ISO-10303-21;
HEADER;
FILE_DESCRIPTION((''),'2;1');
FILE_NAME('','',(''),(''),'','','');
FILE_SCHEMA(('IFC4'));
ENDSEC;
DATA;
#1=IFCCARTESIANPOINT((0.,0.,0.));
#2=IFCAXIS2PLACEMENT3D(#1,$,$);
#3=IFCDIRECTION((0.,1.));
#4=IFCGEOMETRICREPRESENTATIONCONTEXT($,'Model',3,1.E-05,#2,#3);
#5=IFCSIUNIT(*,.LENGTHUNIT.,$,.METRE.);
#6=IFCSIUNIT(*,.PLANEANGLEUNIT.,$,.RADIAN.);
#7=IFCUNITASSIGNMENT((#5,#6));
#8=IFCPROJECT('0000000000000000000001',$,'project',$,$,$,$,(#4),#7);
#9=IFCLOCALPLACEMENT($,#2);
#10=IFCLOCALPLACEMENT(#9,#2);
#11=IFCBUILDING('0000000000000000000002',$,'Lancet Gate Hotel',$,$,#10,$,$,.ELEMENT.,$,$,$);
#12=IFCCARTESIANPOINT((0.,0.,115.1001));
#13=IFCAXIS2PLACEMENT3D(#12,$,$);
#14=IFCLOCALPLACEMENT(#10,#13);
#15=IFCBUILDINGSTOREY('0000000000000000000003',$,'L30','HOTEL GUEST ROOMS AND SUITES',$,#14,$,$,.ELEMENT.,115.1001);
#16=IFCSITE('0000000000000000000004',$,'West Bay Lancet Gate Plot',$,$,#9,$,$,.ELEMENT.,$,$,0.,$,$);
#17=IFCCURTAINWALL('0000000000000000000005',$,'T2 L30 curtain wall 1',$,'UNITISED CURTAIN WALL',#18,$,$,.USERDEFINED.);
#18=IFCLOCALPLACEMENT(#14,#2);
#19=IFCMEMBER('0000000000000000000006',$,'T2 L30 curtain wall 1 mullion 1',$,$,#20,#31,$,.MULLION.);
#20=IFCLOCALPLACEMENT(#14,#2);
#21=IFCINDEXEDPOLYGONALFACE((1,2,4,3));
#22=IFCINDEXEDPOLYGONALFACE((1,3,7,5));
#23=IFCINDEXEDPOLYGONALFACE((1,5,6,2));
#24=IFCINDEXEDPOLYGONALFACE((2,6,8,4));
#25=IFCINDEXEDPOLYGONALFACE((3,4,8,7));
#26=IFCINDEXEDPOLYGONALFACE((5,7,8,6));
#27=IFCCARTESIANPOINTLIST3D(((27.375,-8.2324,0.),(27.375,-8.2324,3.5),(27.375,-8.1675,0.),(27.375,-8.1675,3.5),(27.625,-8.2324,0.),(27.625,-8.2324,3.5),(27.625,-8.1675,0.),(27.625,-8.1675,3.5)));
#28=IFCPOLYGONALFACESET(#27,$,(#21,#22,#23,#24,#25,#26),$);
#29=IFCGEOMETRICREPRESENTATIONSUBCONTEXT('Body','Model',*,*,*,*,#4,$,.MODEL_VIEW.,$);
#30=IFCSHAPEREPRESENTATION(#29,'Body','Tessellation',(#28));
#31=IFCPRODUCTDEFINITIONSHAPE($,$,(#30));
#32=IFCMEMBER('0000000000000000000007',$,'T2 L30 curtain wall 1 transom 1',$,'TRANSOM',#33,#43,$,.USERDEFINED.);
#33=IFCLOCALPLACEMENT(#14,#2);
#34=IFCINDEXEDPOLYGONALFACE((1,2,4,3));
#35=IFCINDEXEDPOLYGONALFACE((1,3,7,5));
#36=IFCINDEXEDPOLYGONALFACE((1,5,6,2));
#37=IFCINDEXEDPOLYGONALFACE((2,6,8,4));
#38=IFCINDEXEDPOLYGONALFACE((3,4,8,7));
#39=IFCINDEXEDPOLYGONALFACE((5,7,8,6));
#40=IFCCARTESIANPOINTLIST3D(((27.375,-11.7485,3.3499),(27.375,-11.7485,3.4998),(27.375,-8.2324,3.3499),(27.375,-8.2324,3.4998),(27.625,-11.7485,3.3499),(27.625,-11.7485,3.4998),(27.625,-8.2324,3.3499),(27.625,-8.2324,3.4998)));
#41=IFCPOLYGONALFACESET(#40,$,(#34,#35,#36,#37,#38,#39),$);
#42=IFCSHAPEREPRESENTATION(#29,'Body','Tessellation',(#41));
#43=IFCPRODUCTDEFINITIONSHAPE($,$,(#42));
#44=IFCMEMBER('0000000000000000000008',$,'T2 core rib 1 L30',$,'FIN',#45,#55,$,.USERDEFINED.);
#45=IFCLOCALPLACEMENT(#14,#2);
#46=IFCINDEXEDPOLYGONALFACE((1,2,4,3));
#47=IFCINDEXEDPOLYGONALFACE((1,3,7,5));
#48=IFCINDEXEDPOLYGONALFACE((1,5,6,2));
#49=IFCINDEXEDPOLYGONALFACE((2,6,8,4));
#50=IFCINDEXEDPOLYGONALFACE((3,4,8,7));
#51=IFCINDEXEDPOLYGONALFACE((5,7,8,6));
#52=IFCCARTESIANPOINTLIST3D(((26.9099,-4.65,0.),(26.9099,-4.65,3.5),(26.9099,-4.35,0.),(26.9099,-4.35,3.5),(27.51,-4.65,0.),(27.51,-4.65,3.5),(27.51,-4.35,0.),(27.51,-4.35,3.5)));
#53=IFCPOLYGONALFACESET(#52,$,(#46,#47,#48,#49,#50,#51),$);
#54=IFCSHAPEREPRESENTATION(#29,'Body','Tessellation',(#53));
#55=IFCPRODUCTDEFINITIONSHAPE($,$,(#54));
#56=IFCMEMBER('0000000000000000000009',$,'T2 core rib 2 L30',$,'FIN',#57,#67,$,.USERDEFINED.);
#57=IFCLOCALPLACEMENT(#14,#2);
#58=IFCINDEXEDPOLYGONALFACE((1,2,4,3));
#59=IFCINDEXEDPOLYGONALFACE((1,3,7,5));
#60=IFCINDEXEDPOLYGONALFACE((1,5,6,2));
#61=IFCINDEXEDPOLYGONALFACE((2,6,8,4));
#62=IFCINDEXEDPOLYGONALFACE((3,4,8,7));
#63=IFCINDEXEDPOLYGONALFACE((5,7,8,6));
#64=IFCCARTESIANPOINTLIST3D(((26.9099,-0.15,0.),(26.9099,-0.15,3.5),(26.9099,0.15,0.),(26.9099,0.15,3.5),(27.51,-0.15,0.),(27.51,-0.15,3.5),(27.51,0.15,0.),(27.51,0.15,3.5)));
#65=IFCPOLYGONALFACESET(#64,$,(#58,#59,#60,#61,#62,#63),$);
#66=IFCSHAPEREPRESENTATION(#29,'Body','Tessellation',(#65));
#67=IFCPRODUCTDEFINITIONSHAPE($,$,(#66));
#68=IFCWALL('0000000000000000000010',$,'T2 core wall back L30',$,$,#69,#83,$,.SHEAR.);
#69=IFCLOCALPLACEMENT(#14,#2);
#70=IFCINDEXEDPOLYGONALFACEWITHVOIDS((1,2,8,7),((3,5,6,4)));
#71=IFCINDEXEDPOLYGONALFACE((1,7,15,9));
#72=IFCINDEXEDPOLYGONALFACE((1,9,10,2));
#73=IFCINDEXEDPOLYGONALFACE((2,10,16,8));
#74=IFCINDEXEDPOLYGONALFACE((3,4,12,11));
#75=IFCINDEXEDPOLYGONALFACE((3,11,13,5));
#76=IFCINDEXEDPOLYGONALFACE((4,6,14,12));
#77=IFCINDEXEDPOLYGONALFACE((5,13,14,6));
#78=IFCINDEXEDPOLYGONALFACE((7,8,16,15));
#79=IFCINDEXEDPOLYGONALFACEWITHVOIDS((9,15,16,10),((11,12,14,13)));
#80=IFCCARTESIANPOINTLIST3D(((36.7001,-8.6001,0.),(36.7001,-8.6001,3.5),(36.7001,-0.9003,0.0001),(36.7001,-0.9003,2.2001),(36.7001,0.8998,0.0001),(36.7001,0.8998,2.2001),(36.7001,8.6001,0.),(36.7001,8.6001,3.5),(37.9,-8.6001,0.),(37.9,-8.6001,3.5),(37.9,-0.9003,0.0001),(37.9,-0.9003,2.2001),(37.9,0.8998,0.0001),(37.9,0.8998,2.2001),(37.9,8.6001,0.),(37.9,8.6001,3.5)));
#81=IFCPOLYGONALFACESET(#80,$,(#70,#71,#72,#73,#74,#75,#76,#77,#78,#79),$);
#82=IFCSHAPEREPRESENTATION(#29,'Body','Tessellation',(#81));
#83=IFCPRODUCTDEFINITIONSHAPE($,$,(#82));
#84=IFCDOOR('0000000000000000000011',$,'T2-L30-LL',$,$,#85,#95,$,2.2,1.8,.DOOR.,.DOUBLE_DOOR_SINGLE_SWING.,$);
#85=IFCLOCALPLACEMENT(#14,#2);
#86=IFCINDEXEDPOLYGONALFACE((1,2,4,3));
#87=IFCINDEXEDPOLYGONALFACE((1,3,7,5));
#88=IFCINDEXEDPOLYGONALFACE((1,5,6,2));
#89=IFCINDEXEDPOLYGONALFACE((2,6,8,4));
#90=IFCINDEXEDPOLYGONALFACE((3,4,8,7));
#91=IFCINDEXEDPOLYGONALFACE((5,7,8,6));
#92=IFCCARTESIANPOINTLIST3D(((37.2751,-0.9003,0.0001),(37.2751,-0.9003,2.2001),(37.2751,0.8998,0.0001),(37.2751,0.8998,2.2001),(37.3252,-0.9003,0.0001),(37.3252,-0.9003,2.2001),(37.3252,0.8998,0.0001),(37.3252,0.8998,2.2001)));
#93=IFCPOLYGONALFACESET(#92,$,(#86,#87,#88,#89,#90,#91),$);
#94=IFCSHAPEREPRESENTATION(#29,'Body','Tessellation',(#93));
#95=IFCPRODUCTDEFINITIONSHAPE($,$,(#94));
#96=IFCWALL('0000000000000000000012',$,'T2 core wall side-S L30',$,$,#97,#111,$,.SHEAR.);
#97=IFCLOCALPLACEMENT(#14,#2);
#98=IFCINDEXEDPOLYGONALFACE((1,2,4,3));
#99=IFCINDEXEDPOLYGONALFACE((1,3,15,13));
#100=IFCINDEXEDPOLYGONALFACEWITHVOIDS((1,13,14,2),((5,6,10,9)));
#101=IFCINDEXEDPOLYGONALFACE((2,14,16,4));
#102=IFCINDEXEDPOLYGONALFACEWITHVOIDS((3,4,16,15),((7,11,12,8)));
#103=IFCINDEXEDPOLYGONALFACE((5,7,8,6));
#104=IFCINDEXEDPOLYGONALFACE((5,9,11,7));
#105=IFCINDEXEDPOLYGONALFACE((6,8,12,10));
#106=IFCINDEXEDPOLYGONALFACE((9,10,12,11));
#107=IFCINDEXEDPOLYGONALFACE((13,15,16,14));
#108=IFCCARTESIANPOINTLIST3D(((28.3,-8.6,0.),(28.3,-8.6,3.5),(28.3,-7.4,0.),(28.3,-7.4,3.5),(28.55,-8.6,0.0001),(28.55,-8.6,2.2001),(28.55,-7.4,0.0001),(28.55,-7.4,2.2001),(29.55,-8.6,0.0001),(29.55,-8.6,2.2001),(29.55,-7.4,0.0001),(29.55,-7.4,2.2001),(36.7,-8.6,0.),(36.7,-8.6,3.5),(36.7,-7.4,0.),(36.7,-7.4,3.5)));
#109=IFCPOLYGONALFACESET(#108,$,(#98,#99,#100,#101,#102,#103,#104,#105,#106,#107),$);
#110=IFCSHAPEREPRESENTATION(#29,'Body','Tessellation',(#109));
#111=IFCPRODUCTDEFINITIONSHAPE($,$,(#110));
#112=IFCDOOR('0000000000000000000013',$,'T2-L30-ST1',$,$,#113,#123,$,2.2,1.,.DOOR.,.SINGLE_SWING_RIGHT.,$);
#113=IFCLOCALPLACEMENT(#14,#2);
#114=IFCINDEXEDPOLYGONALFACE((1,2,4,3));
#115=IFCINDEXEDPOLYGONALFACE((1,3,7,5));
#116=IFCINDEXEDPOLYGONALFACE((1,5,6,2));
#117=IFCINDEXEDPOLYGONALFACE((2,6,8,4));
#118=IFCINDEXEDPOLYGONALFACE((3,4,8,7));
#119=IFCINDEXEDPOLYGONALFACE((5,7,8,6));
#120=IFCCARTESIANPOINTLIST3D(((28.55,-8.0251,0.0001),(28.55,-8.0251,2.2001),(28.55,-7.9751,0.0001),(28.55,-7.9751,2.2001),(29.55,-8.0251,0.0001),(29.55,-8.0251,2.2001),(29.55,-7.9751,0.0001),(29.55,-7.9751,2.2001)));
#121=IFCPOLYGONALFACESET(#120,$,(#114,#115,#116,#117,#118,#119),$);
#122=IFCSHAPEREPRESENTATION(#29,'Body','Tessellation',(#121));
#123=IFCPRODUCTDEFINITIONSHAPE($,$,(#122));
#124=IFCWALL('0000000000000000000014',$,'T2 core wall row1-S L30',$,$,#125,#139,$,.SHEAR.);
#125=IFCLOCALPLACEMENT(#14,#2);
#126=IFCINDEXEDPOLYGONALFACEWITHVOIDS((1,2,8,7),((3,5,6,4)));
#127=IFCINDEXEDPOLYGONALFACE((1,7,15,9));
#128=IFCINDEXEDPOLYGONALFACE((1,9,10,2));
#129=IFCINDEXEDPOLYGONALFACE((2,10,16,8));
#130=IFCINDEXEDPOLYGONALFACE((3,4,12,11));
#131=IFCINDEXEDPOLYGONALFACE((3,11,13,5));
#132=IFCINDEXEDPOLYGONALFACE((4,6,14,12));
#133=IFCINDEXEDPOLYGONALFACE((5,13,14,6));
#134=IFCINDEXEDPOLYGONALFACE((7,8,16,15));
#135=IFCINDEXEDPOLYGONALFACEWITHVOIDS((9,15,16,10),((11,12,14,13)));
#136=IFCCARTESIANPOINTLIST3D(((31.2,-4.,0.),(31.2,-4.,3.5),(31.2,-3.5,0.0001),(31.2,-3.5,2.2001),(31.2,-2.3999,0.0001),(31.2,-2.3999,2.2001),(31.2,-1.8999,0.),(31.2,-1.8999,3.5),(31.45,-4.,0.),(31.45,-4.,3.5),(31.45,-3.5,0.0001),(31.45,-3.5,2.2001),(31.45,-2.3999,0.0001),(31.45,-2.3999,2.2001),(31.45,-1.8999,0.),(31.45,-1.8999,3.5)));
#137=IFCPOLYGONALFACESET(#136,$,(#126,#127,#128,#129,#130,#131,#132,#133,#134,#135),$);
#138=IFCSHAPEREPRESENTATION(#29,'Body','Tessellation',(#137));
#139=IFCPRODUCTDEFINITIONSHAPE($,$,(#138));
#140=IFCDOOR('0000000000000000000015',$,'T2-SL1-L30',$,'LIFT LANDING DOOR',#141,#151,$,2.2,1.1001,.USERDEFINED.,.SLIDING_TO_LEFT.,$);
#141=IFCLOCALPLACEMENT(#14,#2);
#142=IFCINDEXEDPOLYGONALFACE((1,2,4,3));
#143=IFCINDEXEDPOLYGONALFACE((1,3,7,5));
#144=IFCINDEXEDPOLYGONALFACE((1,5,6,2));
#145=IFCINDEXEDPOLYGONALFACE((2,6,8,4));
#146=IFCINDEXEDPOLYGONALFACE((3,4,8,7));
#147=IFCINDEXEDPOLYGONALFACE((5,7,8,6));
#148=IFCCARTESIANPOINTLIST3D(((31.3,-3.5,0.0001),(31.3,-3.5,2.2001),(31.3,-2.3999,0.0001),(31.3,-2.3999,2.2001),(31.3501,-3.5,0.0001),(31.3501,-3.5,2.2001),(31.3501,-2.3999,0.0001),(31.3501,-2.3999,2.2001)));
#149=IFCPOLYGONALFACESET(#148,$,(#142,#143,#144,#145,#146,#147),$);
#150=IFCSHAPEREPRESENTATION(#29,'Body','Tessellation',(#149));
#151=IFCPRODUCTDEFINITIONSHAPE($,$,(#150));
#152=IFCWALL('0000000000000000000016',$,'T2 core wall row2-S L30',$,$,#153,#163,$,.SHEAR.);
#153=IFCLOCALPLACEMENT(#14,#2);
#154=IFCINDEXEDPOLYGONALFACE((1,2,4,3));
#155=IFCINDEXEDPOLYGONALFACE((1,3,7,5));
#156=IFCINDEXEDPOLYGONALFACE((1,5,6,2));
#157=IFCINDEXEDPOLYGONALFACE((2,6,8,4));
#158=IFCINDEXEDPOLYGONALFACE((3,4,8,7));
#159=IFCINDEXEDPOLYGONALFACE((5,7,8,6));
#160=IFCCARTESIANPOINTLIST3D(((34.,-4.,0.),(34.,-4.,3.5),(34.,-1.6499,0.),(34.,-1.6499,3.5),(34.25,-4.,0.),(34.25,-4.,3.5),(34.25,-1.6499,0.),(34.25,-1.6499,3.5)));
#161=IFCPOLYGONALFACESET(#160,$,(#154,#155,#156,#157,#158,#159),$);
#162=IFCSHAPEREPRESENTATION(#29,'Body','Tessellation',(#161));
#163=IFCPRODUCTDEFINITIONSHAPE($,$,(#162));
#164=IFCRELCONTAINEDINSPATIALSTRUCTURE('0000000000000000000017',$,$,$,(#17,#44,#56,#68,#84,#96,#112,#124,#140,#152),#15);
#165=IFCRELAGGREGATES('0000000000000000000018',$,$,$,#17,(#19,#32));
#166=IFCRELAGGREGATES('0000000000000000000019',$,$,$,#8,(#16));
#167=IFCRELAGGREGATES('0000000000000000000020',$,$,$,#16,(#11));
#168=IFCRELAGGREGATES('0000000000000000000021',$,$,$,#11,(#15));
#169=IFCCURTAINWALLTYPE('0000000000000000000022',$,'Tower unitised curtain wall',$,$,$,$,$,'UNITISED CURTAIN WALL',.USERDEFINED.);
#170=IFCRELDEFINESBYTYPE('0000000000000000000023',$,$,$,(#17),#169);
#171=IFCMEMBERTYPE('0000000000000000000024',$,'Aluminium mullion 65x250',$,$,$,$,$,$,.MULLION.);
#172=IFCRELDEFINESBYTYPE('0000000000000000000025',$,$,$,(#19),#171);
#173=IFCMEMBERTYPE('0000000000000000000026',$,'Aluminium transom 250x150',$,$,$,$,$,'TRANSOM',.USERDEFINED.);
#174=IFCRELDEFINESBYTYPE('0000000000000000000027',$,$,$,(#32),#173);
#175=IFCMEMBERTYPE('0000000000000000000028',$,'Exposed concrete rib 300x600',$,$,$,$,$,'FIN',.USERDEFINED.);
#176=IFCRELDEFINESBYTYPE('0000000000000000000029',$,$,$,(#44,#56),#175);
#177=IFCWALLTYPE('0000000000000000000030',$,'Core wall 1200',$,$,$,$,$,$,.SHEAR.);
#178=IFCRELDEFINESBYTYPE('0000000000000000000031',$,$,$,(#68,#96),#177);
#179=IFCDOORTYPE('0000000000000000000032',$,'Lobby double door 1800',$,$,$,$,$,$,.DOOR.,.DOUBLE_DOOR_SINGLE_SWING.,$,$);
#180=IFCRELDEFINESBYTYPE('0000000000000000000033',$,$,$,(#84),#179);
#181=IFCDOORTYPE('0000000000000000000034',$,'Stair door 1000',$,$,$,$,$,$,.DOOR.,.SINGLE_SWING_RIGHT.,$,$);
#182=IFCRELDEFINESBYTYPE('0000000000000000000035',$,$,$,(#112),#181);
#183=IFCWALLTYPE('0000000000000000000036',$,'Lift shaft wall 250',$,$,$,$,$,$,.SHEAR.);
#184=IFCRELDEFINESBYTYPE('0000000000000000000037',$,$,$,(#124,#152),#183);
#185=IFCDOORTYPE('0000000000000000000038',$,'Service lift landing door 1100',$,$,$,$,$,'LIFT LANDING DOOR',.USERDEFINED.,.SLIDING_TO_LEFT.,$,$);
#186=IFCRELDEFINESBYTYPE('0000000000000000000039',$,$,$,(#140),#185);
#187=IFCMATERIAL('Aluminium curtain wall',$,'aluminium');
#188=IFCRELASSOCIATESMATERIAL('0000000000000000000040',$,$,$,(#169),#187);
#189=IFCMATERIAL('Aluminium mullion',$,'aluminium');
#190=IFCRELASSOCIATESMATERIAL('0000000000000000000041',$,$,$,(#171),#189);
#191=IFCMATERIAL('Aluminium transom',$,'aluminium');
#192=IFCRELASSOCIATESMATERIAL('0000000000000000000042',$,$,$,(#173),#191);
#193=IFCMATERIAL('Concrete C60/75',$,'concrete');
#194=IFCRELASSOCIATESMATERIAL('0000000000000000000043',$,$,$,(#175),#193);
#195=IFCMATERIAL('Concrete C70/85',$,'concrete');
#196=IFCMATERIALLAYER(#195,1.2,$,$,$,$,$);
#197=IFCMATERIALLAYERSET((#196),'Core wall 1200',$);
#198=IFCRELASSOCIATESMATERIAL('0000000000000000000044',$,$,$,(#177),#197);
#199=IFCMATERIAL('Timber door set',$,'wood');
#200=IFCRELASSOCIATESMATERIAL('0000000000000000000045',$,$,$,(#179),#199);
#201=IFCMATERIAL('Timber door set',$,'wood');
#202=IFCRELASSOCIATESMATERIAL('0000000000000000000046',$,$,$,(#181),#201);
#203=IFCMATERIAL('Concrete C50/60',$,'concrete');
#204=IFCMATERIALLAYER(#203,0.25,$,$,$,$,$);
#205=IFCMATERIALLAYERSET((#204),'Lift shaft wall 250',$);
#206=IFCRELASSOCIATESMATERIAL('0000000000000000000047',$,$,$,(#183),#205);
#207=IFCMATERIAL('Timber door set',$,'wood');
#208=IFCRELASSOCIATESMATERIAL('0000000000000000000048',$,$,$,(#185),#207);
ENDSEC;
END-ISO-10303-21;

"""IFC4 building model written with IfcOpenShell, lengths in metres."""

from ifc_helpers import new_model, si_unit, direction, frame, frame_2d, origin, origin_2d, place, context, subcontext, project, spatial, rectangle, extrude, material, layer, layer_set, material_profile, profile_set, type_object, element, fill, aggregate, save


model = new_model("IFC4")

# Units and contexts
model_context = context("Model", 3, precision=1e-05, world=origin(), true_north=direction((0.0, 1.0)))
body_context = subcontext(model_context, "Body", "Model", "MODEL_VIEW")
ifc_project = project(units=[si_unit("LENGTHUNIT", "METRE"), si_unit("PLANEANGLEUNIT", "RADIAN")], contexts=[model_context])

# Site, building, storey
site_placement = place(None, origin())
site = spatial("IfcSite", under=ifc_project, at=site_placement, Name="West Bay Lancet Gate Plot", CompositionType="ELEMENT", RefElevation=0.0)
building_placement = place(site_placement, origin())
building = spatial("IfcBuilding", under=site, at=building_placement, Name="Lancet Gate Hotel", CompositionType="ELEMENT")
storey_placement = place(building_placement, frame((0.0, 0.0, 115.1001)))
storey = spatial("IfcBuildingStorey", under=building, at=storey_placement, Name="L30", Description="HOTEL GUEST ROOMS AND SUITES", CompositionType="ELEMENT", Elevation=115.1001)

# Curtain wall, members
ifc_material_1 = material(Name="Aluminium curtain wall", Category="aluminium")
curtain_wall_type = type_object("IfcCurtainWallType", Name="Tower unitised curtain wall", ElementType="UNITISED CURTAIN WALL", PredefinedType="USERDEFINED", material=ifc_material_1)
curtain_wall_placement = place(storey_placement, origin())
curtain_wall = element("IfcCurtainWall", 1, at=curtain_wall_placement, inside=storey, type_object=curtain_wall_type, Name="T2 L30 curtain wall 1", ObjectType="UNITISED CURTAIN WALL", PredefinedType="USERDEFINED")
ifc_material_2 = material(Name="Aluminium mullion", Category="aluminium")
ifc_material_profile_1 = material_profile(ifc_material_2, rectangle(XDim=0.0649, YDim=0.25, at=origin_2d()), Name="MULLION 65x250")
ifc_profile_set_1 = profile_set([ifc_material_profile_1], Name="Aluminium mullion")
member_type_1 = type_object("IfcMemberType", Name="Aluminium mullion 65x250", PredefinedType="MULLION", material=ifc_profile_set_1)
member_1_placement = place(storey_placement, frame((27.5, -8.2, 0.0), z_axis=(0.0, 0.0, 1.0), x_axis=(0.0, -1.0, 0.0)))
member_1 = element("IfcMember", 2, at=member_1_placement, type_object=member_type_1, Name="T2 L30 curtain wall 1 mullion 1", PredefinedType="MULLION", context=body_context, shape_type="SweptSolid", body=[
    extrude(rectangle(XDim=0.0649, YDim=0.25, at=origin_2d()), origin(), (0.0, 0.0, 1.0), 3.5),
])
ifc_material_3 = material(Name="Aluminium transom", Category="aluminium")
ifc_material_profile_2 = material_profile(ifc_material_3, rectangle(XDim=0.25, YDim=0.1499, at=origin_2d()), Name="TRANSOM 250x150")
ifc_profile_set_2 = profile_set([ifc_material_profile_2], Name="Aluminium transom")
member_type_2 = type_object("IfcMemberType", Name="Aluminium transom 250x150", ElementType="TRANSOM", PredefinedType="USERDEFINED", material=ifc_profile_set_2)
member_2_placement = place(storey_placement, frame((27.5, -8.2324, 3.4248), z_axis=(0.0, -1.0, 0.0), x_axis=(1.0, 0.0, 0.0)))
member_2 = element("IfcMember", 3, at=member_2_placement, type_object=member_type_2, Name="T2 L30 curtain wall 1 transom 1", ObjectType="TRANSOM", PredefinedType="USERDEFINED", context=body_context, shape_type="SweptSolid", body=[
    extrude(rectangle(XDim=0.25, YDim=0.1499, at=origin_2d()), origin(), (0.0, 0.0, 1.0), 3.5161),
])
aggregate(curtain_wall, [member_1, member_2])

# Members
ifc_material_4 = material(Name="Concrete C60/75", Category="concrete")
ifc_material_profile_3 = material_profile(ifc_material_4, rectangle(XDim=0.3, YDim=0.6001, at=origin_2d()), Name="FIN 300x600")
ifc_profile_set_3 = profile_set([ifc_material_profile_3], Name="Concrete C60/75")
member_type_3 = type_object("IfcMemberType", Name="Exposed concrete rib 300x600", ElementType="FIN", PredefinedType="USERDEFINED", material=ifc_profile_set_3)
for number, where, z_axis, x_axis, name in (
    (4, (27.21, -4.5, 0.0), (0.0, 0.0, 1.0), (0.0, 1.0, 0.0), "T2 core rib 1 L30"),
    (5, (27.21, 0.0, 0.0), (0.0, 0.0, 1.0), (0.0, 1.0, 0.0), "T2 core rib 2 L30"),
):
    element("IfcMember", number, at=place(storey_placement, frame(where, z_axis=z_axis, x_axis=x_axis)), inside=storey, type_object=member_type_3, Name=name, ObjectType="FIN", PredefinedType="USERDEFINED", context=body_context, shape_type="SweptSolid", body=[
        extrude(rectangle(XDim=0.3, YDim=0.6001, at=origin_2d()), origin(), (0.0, 0.0, 1.0), 3.5),
    ])

# Walls, openings, doors
ifc_material_5 = material(Name="Concrete C70/85", Category="concrete")
ifc_layer_1 = layer(ifc_material_5, 1.2)
ifc_layer_set_1 = layer_set([ifc_layer_1], Name="Core wall 1200")
wall_type_1 = type_object("IfcWallType", Name="Core wall 1200", PredefinedType="SHEAR", material=ifc_layer_set_1)
wall_1_placement = place(storey_placement, frame((37.3, -8.6001, 0.0), z_axis=(0.0, 0.0, 1.0), x_axis=(0.0, 1.0, 0.0)))
wall_1 = element("IfcWall", 6, at=wall_1_placement, inside=storey, type_object=wall_type_1, Name="T2 core wall back L30", PredefinedType="SHEAR", context=body_context, shape_type="SweptSolid", body=[
    extrude(rectangle(XDim=17.2002, YDim=1.2, at=frame_2d((8.6001, 0.0))), origin(), (0.0, 0.0, 1.0), 3.5),
])
opening_1_placement = place(wall_1_placement, frame((7.7, 0.0, 0.0)))
opening_1 = element("IfcOpeningElement", 7, at=opening_1_placement, cuts=wall_1, PredefinedType="OPENING", context=body_context, shape_type="SweptSolid", body=[
    extrude(rectangle(XDim=1.8, YDim=2.2, at=frame_2d((0.8999, 1.1001))), frame((0.0, 0.6099, 0.0), z_axis=(0.0, -1.0, 0.0), x_axis=(1.0, 0.0, 0.0)), (0.0, 0.0, 1.0), 1.22),
])
ifc_material_6 = material(Name="Timber door set", Category="wood")
door_type_1 = type_object("IfcDoorType", Name="Lobby double door 1800", OperationType="DOUBLE_DOOR_SINGLE_SWING", PredefinedType="DOOR", material=ifc_material_6)
door_1_placement = place(opening_1_placement, origin())
door_1 = element("IfcDoor", 8, at=door_1_placement, inside=storey, type_object=door_type_1, Name="T2-L30-LL", OperationType="DOUBLE_DOOR_SINGLE_SWING", OverallHeight=2.2, OverallWidth=1.8, PredefinedType="DOOR", context=body_context, shape_type="SweptSolid", body=[
    extrude(rectangle(XDim=1.8, YDim=2.2, at=frame_2d((0.8999, 1.1001))), frame((0.0, 0.0249, 0.0), z_axis=(0.0, -1.0, 0.0), x_axis=(1.0, 0.0, 0.0)), (0.0, 0.0, 1.0), 0.05),
])
fill(opening_1, door_1)
wall_2_placement = place(storey_placement, frame((28.3, -8.0, 0.0), z_axis=(0.0, 0.0, 1.0), x_axis=(1.0, 0.0, 0.0)))
wall_2 = element("IfcWall", 9, at=wall_2_placement, inside=storey, type_object=wall_type_1, Name="T2 core wall side-S L30", PredefinedType="SHEAR", context=body_context, shape_type="SweptSolid", body=[
    extrude(rectangle(XDim=8.3999, YDim=1.2, at=frame_2d((4.2, 0.0))), origin(), (0.0, 0.0, 1.0), 3.5),
])
opening_2_placement = place(wall_2_placement, frame((0.25, 0.0, 0.0)))
opening_2 = element("IfcOpeningElement", 10, at=opening_2_placement, cuts=wall_2, PredefinedType="OPENING", context=body_context, shape_type="SweptSolid", body=[
    extrude(rectangle(XDim=1.0, YDim=2.2, at=frame_2d((0.5, 1.1001))), frame((0.0, 0.6099, 0.0), z_axis=(0.0, -1.0, 0.0), x_axis=(1.0, 0.0, 0.0)), (0.0, 0.0, 1.0), 1.22),
])
ifc_material_7 = material(Name="Timber door set", Category="wood")
door_type_2 = type_object("IfcDoorType", Name="Stair door 1000", OperationType="SINGLE_SWING_RIGHT", PredefinedType="DOOR", material=ifc_material_7)
door_2_placement = place(opening_2_placement, origin())
door_2 = element("IfcDoor", 11, at=door_2_placement, inside=storey, type_object=door_type_2, Name="T2-L30-ST1", OperationType="SINGLE_SWING_RIGHT", OverallHeight=2.2, OverallWidth=1.0, PredefinedType="DOOR", context=body_context, shape_type="SweptSolid", body=[
    extrude(rectangle(XDim=1.0, YDim=2.2, at=frame_2d((0.5, 1.1001))), frame((0.0, 0.0249, 0.0), z_axis=(0.0, -1.0, 0.0), x_axis=(1.0, 0.0, 0.0)), (0.0, 0.0, 1.0), 0.05),
])
fill(opening_2, door_2)
ifc_material_8 = material(Name="Concrete C50/60", Category="concrete")
ifc_layer_2 = layer(ifc_material_8, 0.25)
ifc_layer_set_2 = layer_set([ifc_layer_2], Name="Lift shaft wall 250")
wall_type_2 = type_object("IfcWallType", Name="Lift shaft wall 250", PredefinedType="SHEAR", material=ifc_layer_set_2)
wall_3_placement = place(storey_placement, frame((31.325, -4.0, 0.0), z_axis=(0.0, 0.0, 1.0), x_axis=(0.0, 1.0, 0.0)))
wall_3 = element("IfcWall", 12, at=wall_3_placement, inside=storey, type_object=wall_type_2, Name="T2 core wall row1-S L30", PredefinedType="SHEAR", context=body_context, shape_type="SweptSolid", body=[
    extrude(rectangle(XDim=2.1001, YDim=0.25, at=frame_2d((1.05, 0.0))), origin(), (0.0, 0.0, 1.0), 3.5),
])
opening_3_placement = place(wall_3_placement, frame((0.5, 0.0, 0.0)))
opening_3 = element("IfcOpeningElement", 13, at=opening_3_placement, cuts=wall_3, PredefinedType="OPENING", context=body_context, shape_type="SweptSolid", body=[
    extrude(rectangle(XDim=1.1001, YDim=2.2, at=frame_2d((0.55, 1.1001))), frame((0.0, 0.135, 0.0), z_axis=(0.0, -1.0, 0.0), x_axis=(1.0, 0.0, 0.0)), (0.0, 0.0, 1.0), 0.27),
])
ifc_material_9 = material(Name="Timber door set", Category="wood")
door_type_3 = type_object("IfcDoorType", Name="Service lift landing door 1100", ElementType="LIFT LANDING DOOR", OperationType="SLIDING_TO_LEFT", PredefinedType="USERDEFINED", material=ifc_material_9)
door_3_placement = place(opening_3_placement, origin())
door_3 = element("IfcDoor", 14, at=door_3_placement, inside=storey, type_object=door_type_3, Name="T2-SL1-L30", ObjectType="LIFT LANDING DOOR", OperationType="SLIDING_TO_LEFT", OverallHeight=2.2, OverallWidth=1.1001, PredefinedType="USERDEFINED", context=body_context, shape_type="SweptSolid", body=[
    extrude(rectangle(XDim=1.1001, YDim=2.2, at=frame_2d((0.55, 1.1001))), frame((0.0, 0.0249, 0.0), z_axis=(0.0, -1.0, 0.0), x_axis=(1.0, 0.0, 0.0)), (0.0, 0.0, 1.0), 0.05),
])
fill(opening_3, door_3)

# Wall
wall_4_placement = place(storey_placement, frame((34.125, -4.0, 0.0), z_axis=(0.0, 0.0, 1.0), x_axis=(0.0, 1.0, 0.0)))
element("IfcWall", 15, at=wall_4_placement, inside=storey, type_object=wall_type_2, Name="T2 core wall row2-S L30", PredefinedType="SHEAR", context=body_context, shape_type="SweptSolid", body=[
    extrude(rectangle(XDim=2.3501, YDim=0.25, at=frame_2d((1.175, 0.0))), origin(), (0.0, 0.0, 1.0), 3.5),
])

save(model, "model.ifc")
